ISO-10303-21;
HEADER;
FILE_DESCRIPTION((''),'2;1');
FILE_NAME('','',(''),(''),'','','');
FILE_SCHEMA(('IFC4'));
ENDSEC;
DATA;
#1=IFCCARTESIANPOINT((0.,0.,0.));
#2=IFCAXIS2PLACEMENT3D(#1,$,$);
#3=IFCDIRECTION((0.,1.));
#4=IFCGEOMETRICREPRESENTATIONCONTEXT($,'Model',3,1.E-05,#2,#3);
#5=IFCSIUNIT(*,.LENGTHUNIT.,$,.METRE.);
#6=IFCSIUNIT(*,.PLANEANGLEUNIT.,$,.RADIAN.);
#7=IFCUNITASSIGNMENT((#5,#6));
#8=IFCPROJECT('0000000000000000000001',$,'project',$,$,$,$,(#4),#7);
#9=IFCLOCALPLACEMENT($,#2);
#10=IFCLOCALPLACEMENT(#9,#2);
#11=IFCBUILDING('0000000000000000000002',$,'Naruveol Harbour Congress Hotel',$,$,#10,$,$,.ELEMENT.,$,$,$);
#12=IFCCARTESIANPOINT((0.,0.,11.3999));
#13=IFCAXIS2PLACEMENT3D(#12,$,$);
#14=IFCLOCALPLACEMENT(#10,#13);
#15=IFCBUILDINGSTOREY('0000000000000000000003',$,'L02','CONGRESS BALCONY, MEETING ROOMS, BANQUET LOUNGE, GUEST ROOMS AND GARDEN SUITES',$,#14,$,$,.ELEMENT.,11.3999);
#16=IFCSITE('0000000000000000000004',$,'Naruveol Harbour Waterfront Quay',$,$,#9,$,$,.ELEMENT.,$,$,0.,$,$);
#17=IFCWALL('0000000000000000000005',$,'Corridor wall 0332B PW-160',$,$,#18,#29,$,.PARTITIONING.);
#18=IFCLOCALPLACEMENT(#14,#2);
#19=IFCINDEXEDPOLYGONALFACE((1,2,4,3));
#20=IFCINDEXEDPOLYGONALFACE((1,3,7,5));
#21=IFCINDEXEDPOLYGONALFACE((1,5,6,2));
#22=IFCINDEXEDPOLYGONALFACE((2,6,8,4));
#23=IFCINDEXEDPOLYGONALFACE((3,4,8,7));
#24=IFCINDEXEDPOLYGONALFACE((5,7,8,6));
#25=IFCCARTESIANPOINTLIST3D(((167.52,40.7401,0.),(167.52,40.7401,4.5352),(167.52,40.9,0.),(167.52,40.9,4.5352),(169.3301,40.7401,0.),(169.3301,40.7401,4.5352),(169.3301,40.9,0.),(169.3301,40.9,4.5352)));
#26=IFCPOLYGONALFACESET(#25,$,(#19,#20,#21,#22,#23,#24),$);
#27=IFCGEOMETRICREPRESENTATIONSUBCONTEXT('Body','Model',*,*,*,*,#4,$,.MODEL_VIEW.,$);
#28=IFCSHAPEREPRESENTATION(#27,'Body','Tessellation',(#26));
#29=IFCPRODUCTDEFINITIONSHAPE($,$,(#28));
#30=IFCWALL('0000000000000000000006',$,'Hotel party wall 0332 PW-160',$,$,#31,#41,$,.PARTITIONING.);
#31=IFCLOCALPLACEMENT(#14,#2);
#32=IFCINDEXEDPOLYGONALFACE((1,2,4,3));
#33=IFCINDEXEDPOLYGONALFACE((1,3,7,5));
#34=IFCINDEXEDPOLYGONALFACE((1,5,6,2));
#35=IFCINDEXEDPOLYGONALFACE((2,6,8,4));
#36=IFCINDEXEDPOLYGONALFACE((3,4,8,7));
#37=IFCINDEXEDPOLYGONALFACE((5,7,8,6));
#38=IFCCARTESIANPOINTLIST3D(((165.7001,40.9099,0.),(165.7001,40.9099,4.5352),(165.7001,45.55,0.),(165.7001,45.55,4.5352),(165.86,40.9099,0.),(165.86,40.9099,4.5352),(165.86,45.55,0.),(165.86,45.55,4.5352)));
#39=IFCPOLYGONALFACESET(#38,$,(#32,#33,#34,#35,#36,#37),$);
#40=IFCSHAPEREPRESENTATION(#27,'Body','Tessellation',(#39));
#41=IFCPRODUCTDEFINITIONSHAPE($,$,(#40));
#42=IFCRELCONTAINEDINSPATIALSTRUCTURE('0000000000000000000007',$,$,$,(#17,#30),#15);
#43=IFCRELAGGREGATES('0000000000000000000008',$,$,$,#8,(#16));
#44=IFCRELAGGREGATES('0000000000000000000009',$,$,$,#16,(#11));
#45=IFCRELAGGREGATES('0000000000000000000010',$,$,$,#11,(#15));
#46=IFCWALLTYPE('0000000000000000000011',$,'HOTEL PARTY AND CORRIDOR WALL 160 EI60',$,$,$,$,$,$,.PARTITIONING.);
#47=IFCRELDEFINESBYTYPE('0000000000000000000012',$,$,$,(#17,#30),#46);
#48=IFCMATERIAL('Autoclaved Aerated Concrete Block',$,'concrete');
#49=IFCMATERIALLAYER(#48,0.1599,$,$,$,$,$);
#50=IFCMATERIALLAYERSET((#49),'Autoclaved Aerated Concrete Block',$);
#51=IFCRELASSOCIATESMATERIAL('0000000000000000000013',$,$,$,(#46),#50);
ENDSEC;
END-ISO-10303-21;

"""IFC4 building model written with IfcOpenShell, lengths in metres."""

from ifc_helpers import new_model, si_unit, direction, frame, frame_2d, origin, place, context, subcontext, project, spatial, rectangle, extrude, material, layer, layer_set, type_object, element, save


model = new_model("IFC4")

# Units and contexts
model_context = context("Model", 3, precision=1e-05, world=origin(), true_north=direction((0.0, 1.0)))
body_context = subcontext(model_context, "Body", "Model", "MODEL_VIEW")
ifc_project = project(units=[si_unit("LENGTHUNIT", "METRE"), si_unit("PLANEANGLEUNIT", "RADIAN")], contexts=[model_context])

# Site, building, storey
site_placement = place(None, origin())
site = spatial("IfcSite", under=ifc_project, at=site_placement, Name="Naruveol Harbour Waterfront Quay", CompositionType="ELEMENT", RefElevation=0.0)
building_placement = place(site_placement, origin())
building = spatial("IfcBuilding", under=site, at=building_placement, Name="Naruveol Harbour Congress Hotel", CompositionType="ELEMENT")
storey_placement = place(building_placement, frame((0.0, 0.0, 11.3999)))
storey = spatial("IfcBuildingStorey", under=building, at=storey_placement, Name="L02", Description="CONGRESS BALCONY, MEETING ROOMS, BANQUET LOUNGE, GUEST ROOMS AND GARDEN SUITES", CompositionType="ELEMENT", Elevation=11.3999)

# Shared definitions
ifc_material_1 = material(Name="Autoclaved Aerated Concrete Block", Category="concrete")
ifc_layer_1 = layer(ifc_material_1, 0.1599)
ifc_layer_set_1 = layer_set([ifc_layer_1], Name="Autoclaved Aerated Concrete Block")
wall_type_1 = type_object("IfcWallType", Name="HOTEL PARTY AND CORRIDOR WALL 160 EI60", PredefinedType="PARTITIONING", material=ifc_layer_set_1)

# Walls
wall_1_placement = place(storey_placement, frame((167.52, 40.8201, 0.0), z_axis=(0.0, 0.0, 1.0), x_axis=(1.0, 0.0, 0.0)))
element("IfcWall", 1, at=wall_1_placement, inside=storey, type_object=wall_type_1, Name="Corridor wall 0332B PW-160", PredefinedType="PARTITIONING", context=body_context, shape_type="SweptSolid", body=[
    extrude(rectangle(XDim=1.8101, YDim=0.1599, at=frame_2d((0.905, 0.0))), origin(), (0.0, 0.0, 1.0), 4.5352),
])
wall_2_placement = place(storey_placement, frame((165.78, 40.9099, 0.0), z_axis=(0.0, 0.0, 1.0), x_axis=(0.0, 1.0, 0.0)))
element("IfcWall", 2, at=wall_2_placement, inside=storey, type_object=wall_type_1, Name="Hotel party wall 0332 PW-160", PredefinedType="PARTITIONING", context=body_context, shape_type="SweptSolid", body=[
    extrude(rectangle(XDim=4.6401, YDim=0.1599, at=frame_2d((2.3201, 0.0))), origin(), (0.0, 0.0, 1.0), 4.5352),
])

save(model, "model.ifc")
